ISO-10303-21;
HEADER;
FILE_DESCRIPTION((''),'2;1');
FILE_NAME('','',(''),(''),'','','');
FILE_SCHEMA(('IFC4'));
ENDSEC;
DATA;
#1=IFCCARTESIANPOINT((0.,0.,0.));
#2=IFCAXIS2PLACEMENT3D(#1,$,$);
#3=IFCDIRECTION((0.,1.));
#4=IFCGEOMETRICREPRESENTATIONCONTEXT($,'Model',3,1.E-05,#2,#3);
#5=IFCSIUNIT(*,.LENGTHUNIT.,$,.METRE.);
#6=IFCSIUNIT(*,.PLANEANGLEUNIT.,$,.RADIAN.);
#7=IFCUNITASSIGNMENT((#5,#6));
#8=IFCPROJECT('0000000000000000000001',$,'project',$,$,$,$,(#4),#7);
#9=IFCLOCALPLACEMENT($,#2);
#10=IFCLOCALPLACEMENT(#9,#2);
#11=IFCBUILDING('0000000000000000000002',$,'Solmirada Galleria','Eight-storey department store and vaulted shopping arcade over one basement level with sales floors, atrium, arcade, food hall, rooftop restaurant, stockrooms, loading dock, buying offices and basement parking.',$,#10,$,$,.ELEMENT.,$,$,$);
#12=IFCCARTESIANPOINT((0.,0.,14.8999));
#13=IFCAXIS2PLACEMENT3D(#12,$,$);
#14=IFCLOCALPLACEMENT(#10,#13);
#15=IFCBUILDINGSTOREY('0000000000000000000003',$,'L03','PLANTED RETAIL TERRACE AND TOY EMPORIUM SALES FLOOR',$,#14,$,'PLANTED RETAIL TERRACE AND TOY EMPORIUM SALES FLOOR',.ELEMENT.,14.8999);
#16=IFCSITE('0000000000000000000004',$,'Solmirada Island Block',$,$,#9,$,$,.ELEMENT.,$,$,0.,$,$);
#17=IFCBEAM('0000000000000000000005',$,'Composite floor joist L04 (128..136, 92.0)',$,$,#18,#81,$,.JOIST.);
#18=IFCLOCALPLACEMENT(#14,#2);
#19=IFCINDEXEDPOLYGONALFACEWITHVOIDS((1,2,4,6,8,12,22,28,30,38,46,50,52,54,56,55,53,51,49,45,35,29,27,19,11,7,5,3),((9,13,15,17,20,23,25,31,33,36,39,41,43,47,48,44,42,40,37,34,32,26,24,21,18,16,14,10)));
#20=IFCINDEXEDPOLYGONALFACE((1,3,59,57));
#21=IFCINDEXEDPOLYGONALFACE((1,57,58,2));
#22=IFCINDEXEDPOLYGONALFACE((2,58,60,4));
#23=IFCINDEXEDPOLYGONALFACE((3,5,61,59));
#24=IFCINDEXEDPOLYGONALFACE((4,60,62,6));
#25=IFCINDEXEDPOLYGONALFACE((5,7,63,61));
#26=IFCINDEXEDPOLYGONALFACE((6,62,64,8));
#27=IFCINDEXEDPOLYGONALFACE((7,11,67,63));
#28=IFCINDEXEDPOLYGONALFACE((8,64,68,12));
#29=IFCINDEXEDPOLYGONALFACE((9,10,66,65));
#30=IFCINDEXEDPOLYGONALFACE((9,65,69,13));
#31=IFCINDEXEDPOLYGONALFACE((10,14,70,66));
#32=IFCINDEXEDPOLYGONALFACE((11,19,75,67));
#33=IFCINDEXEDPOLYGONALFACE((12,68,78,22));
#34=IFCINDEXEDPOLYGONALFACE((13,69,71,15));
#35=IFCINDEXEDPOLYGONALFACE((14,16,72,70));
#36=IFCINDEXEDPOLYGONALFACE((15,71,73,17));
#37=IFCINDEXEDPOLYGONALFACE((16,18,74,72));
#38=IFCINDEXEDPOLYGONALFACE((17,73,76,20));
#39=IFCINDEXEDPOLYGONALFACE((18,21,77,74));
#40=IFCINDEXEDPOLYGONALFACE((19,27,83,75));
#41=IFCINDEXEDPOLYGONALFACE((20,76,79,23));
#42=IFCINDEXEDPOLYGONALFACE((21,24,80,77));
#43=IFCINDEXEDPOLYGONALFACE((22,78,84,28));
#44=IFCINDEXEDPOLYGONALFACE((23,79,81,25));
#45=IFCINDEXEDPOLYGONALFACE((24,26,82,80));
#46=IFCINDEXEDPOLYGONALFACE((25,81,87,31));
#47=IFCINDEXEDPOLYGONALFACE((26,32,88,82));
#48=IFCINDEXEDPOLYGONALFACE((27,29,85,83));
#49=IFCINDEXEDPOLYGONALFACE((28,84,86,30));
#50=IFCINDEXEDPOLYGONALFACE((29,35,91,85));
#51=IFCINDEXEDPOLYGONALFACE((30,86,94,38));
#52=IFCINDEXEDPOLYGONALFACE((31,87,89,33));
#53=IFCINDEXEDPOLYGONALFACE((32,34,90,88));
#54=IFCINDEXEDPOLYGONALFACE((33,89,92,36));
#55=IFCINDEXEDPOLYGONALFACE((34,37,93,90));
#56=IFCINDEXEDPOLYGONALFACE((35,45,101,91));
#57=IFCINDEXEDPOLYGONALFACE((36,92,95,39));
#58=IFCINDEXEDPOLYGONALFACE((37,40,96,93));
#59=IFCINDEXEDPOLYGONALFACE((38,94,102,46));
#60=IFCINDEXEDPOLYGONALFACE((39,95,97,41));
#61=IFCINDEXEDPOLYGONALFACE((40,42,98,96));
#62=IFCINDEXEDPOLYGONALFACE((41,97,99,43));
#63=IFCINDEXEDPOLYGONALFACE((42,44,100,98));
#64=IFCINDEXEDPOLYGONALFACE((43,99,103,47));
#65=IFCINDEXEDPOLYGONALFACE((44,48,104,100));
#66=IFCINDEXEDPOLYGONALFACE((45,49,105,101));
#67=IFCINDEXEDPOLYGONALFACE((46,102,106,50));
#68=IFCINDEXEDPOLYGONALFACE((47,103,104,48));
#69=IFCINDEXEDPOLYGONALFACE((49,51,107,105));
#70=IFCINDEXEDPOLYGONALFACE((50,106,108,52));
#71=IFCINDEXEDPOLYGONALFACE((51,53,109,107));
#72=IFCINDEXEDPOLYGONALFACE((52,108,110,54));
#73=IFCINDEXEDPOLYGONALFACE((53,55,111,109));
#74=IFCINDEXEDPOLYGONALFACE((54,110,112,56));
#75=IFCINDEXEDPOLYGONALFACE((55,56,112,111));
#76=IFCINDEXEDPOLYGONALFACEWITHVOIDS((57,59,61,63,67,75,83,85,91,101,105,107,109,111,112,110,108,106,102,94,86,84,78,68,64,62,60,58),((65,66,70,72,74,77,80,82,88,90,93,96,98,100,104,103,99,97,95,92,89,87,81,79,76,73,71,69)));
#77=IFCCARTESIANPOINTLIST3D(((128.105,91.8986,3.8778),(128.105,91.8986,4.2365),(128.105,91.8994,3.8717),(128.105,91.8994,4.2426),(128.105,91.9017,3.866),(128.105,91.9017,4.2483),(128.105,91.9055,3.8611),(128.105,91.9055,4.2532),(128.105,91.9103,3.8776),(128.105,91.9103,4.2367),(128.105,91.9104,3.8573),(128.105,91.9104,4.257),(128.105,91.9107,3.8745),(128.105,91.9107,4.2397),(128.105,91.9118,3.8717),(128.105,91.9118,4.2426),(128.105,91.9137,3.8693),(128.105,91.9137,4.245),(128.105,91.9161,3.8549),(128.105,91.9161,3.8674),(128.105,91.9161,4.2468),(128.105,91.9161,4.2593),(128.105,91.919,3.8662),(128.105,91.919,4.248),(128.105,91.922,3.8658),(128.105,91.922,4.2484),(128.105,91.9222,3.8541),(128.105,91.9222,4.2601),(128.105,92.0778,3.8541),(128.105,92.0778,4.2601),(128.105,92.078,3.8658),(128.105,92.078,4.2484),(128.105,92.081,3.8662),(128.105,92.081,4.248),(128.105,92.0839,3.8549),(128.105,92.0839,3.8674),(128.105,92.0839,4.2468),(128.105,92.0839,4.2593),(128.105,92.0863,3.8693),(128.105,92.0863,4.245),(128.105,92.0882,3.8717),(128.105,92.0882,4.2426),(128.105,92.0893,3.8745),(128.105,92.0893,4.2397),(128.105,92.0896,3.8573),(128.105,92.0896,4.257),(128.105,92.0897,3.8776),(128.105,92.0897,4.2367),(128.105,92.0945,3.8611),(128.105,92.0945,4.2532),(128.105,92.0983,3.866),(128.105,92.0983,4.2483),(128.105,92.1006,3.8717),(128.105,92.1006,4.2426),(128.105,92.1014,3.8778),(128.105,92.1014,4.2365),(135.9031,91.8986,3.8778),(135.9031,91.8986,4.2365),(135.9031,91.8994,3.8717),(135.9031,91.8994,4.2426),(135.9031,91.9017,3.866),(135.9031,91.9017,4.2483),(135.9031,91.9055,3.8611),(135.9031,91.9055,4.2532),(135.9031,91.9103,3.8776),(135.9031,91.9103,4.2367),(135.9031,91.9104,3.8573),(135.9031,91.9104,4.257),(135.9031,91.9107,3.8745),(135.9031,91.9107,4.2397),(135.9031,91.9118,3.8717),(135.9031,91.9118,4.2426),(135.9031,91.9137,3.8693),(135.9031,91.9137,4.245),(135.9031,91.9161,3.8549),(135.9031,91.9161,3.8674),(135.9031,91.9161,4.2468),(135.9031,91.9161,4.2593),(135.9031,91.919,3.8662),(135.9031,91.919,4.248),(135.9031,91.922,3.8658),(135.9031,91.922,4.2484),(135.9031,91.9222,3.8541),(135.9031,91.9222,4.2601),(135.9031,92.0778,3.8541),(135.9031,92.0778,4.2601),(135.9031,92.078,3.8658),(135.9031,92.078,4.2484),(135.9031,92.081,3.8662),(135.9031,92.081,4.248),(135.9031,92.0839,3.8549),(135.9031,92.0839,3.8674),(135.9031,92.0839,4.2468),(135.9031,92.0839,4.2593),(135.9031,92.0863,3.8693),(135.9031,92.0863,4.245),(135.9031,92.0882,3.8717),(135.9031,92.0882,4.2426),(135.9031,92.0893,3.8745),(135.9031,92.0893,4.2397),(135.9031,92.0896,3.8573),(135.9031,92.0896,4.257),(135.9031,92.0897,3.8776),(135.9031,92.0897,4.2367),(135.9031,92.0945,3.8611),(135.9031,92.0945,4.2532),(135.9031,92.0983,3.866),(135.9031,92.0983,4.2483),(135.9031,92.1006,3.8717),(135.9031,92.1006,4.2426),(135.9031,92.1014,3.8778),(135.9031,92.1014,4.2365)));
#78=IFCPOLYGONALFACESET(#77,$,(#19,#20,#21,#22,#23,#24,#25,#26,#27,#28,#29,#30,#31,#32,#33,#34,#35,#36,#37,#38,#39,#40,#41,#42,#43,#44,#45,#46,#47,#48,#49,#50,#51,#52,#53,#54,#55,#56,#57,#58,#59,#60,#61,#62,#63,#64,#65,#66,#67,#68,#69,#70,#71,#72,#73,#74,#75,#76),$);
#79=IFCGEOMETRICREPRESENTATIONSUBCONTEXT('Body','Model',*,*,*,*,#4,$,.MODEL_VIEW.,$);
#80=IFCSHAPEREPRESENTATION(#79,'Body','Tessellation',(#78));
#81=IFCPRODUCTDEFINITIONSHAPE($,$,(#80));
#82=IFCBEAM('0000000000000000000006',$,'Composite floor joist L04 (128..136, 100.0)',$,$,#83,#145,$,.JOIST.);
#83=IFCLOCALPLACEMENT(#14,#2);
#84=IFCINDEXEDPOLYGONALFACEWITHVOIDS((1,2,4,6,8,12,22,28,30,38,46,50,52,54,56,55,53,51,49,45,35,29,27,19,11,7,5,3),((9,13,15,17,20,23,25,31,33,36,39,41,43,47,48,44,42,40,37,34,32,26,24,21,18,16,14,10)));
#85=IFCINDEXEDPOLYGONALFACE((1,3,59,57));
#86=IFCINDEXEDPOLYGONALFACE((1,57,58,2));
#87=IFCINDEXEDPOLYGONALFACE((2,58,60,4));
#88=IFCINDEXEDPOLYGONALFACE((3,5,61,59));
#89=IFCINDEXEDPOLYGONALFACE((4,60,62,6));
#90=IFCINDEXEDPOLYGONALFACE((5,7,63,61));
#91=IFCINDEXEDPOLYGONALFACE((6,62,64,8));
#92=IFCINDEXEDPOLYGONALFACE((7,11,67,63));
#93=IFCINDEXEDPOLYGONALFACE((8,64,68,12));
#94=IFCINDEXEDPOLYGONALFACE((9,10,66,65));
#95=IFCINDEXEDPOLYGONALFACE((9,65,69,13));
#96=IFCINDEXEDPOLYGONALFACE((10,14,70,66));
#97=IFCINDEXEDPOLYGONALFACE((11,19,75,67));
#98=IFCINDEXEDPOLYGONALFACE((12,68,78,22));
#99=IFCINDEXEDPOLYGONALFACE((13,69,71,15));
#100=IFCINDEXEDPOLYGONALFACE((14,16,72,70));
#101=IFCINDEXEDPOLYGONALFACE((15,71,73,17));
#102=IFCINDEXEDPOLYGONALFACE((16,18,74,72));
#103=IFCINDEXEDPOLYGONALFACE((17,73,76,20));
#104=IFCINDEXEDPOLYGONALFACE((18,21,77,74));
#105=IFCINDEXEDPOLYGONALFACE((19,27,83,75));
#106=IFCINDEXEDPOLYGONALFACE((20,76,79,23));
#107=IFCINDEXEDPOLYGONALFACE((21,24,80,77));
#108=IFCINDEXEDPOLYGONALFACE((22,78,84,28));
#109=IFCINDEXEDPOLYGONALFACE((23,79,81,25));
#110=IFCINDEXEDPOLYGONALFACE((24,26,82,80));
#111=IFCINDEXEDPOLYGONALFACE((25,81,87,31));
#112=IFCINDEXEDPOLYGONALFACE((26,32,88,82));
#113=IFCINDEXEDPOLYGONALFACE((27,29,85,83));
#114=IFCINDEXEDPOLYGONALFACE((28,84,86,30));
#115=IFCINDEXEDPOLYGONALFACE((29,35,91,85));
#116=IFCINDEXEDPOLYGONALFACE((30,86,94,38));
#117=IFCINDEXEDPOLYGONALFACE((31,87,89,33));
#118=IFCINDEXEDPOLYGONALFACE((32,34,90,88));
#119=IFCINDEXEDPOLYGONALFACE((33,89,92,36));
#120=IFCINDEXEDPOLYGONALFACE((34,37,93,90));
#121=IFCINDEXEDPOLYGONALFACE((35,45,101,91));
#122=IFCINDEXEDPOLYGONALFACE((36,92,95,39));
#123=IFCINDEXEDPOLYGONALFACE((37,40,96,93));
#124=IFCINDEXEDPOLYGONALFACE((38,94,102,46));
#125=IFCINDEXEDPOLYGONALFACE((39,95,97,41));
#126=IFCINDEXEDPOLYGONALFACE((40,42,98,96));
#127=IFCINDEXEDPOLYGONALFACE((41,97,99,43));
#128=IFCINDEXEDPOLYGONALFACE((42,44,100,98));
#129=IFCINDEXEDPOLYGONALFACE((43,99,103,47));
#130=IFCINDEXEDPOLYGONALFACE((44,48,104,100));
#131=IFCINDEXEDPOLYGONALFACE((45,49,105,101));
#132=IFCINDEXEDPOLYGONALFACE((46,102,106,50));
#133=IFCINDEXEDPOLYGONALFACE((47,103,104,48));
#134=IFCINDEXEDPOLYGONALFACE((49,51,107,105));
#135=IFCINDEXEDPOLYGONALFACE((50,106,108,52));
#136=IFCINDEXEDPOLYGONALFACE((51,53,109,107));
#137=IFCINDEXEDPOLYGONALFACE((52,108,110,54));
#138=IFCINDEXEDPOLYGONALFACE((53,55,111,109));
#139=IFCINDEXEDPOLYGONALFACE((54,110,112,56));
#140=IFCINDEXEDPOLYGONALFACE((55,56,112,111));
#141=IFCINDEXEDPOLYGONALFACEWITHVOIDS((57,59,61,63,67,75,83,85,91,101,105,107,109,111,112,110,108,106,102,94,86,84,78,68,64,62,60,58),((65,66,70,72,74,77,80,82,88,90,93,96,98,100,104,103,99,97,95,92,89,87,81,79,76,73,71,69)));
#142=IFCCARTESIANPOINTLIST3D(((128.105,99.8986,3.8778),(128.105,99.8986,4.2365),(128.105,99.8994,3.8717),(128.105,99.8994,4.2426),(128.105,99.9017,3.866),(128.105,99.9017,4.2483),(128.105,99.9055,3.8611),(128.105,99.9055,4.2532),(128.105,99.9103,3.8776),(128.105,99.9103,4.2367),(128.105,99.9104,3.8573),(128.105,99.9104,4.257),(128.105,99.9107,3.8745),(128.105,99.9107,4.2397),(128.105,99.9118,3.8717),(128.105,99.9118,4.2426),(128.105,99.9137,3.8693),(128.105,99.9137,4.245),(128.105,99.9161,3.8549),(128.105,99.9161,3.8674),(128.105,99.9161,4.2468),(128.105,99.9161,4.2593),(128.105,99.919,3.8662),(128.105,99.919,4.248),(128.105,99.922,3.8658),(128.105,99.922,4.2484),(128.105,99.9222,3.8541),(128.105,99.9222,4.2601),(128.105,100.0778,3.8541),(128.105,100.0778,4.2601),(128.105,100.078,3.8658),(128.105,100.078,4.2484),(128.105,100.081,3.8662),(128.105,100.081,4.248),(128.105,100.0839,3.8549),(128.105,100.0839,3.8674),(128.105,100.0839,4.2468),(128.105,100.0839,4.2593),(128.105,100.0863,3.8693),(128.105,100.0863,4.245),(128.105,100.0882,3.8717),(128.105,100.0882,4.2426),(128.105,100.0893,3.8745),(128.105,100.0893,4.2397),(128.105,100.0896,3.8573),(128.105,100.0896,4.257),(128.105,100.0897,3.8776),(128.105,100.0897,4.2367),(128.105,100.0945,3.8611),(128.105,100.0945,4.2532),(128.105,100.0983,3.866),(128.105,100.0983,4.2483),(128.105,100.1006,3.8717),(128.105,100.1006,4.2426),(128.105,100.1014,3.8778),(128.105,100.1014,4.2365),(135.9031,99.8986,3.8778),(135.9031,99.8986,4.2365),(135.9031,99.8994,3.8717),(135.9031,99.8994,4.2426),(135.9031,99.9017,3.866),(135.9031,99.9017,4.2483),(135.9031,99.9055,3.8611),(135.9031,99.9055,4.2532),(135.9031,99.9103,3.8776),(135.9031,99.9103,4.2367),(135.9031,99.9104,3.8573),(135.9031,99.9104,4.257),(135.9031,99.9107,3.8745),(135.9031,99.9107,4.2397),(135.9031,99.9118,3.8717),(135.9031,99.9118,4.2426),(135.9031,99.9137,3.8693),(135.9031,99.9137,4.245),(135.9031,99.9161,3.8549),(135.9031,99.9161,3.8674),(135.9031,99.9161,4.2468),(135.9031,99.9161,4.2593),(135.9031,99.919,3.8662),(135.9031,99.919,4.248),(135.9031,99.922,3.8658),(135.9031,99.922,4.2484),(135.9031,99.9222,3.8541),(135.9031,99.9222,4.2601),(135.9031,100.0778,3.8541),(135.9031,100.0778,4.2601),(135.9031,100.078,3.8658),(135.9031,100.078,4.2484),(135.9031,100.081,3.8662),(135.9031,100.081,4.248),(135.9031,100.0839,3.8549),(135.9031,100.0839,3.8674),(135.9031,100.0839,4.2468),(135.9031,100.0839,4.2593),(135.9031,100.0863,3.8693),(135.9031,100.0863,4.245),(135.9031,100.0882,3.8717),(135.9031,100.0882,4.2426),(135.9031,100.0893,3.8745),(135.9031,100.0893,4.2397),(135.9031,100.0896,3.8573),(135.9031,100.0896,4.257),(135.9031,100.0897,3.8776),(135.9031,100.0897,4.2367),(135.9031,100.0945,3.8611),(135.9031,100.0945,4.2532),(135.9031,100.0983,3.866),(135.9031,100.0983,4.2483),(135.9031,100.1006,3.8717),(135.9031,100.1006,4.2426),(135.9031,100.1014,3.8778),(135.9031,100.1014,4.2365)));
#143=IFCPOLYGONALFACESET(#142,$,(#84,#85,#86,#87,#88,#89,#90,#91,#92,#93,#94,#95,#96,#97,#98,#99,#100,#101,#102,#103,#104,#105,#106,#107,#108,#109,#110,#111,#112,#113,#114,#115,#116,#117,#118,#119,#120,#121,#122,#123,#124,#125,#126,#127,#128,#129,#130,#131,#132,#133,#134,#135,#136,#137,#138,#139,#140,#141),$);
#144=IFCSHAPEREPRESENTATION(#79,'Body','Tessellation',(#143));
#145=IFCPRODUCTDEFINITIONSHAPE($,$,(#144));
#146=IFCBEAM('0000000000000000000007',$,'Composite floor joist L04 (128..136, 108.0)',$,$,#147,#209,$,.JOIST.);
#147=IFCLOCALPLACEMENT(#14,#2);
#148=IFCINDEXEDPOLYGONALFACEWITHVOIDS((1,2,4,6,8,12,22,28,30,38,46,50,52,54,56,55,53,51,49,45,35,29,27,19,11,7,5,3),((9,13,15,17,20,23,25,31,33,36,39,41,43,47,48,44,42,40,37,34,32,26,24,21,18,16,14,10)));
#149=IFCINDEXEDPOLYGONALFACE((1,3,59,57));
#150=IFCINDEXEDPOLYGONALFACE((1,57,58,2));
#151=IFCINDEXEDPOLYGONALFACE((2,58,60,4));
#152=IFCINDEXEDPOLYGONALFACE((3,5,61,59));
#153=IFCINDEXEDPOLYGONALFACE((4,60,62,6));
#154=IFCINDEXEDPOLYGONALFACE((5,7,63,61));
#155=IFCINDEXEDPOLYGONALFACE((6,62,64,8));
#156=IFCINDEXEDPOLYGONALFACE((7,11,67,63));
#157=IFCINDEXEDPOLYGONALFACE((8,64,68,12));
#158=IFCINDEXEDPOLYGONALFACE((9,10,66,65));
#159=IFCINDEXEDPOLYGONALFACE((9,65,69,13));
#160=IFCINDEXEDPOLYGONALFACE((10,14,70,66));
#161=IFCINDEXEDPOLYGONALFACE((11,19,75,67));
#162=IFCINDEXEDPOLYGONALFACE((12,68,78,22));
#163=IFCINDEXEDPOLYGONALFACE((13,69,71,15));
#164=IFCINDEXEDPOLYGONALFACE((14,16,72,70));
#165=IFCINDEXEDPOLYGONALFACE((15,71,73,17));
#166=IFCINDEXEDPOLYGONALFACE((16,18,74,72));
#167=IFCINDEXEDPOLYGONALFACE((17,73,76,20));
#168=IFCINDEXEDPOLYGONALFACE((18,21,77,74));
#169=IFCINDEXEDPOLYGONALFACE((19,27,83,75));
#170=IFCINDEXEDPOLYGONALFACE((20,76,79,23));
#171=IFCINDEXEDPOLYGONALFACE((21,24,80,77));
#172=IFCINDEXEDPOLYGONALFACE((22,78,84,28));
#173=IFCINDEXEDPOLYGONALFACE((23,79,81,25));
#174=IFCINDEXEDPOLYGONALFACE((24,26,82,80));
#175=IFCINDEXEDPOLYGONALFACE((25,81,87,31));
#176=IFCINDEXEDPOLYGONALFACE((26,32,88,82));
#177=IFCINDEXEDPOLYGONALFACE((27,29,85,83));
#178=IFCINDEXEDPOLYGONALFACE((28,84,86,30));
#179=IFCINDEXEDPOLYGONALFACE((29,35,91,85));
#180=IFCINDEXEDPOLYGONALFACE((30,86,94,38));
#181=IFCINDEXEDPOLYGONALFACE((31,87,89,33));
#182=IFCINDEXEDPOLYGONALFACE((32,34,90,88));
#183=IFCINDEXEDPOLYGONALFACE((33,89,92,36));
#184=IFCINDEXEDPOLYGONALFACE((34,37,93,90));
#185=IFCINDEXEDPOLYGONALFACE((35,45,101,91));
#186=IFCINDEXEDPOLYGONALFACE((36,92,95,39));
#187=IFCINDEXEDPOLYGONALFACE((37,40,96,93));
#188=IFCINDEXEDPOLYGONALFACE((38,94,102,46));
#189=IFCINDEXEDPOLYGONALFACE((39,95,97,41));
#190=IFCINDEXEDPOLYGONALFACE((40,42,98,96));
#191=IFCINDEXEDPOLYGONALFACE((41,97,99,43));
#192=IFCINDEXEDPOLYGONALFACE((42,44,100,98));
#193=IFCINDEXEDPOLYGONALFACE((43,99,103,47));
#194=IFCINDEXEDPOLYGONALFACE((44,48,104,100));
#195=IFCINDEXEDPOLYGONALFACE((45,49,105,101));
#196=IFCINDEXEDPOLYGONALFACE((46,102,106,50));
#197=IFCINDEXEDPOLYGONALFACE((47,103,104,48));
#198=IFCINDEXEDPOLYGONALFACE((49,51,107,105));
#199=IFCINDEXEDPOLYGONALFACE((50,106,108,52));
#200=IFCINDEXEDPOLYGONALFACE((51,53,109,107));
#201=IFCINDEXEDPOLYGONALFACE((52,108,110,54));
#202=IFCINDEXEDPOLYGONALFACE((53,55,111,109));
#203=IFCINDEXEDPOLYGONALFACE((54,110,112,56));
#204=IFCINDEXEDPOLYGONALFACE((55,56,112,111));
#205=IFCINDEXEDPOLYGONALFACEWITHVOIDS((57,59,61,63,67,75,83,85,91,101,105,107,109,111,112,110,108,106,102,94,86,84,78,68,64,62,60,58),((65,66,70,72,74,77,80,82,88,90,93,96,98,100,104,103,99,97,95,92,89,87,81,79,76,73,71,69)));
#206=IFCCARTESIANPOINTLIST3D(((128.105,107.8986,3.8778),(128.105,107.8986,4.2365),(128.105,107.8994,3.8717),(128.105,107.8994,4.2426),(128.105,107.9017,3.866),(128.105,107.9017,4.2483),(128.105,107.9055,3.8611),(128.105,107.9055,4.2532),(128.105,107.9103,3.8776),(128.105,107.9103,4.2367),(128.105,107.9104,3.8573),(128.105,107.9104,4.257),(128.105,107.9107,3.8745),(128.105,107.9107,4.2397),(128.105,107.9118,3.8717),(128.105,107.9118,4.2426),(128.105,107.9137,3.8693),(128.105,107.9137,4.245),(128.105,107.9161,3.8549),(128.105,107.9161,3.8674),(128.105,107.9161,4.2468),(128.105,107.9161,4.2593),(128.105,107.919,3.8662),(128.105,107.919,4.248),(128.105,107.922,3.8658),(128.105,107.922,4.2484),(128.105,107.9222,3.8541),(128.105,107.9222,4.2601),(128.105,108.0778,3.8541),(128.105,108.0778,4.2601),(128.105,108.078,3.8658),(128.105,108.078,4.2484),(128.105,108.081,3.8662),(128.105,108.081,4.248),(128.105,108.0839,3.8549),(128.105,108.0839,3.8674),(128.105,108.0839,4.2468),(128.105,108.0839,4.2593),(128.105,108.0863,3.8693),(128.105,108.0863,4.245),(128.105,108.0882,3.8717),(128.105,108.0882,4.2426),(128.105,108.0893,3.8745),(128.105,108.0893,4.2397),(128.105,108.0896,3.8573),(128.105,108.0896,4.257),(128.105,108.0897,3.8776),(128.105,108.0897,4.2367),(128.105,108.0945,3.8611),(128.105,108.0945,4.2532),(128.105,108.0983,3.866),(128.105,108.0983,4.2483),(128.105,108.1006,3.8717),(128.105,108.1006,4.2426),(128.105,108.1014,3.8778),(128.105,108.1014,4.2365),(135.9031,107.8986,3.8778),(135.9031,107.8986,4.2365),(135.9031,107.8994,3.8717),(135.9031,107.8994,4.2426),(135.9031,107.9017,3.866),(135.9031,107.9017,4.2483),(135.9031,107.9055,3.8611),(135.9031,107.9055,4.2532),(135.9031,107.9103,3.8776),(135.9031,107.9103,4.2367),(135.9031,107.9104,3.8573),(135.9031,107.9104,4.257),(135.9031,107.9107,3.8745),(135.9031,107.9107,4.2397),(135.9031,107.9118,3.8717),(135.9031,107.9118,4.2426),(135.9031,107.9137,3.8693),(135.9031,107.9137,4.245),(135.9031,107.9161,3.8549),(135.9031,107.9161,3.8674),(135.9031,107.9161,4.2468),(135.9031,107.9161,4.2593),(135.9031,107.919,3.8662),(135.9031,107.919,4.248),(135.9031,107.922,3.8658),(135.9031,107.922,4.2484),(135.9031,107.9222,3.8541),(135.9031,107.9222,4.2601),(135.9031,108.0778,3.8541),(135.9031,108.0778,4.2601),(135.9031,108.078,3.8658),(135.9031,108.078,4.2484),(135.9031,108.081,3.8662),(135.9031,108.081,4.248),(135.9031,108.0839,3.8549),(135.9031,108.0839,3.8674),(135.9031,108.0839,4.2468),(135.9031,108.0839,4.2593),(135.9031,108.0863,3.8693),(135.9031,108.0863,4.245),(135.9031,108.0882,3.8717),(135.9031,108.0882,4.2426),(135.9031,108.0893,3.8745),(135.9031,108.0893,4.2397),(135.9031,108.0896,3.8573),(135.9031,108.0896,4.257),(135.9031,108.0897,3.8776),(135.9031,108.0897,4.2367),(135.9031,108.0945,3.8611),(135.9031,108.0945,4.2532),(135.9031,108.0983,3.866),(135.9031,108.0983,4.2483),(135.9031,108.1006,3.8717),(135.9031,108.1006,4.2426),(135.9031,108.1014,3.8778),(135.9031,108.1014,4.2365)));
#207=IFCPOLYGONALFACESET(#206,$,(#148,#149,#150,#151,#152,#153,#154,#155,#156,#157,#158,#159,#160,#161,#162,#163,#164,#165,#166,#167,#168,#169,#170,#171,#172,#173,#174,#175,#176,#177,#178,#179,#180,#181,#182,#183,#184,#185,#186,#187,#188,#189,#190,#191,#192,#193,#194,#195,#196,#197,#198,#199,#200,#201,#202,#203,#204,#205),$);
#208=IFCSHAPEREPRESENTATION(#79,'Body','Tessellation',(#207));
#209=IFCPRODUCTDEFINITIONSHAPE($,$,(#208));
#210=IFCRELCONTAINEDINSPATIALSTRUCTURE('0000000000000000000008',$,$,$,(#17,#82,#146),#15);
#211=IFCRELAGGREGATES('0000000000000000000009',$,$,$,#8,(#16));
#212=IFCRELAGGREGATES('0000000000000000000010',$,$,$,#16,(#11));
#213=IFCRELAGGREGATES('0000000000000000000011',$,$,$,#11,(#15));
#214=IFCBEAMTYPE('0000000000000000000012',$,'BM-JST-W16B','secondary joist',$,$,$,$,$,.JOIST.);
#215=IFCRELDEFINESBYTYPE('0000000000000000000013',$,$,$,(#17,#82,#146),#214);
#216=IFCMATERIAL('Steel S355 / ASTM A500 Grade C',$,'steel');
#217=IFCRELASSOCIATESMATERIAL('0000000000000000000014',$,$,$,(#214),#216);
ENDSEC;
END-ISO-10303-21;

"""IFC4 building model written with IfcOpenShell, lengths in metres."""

from ifc_helpers import new_model, si_unit, direction, frame, origin, origin_2d, place, context, subcontext, project, spatial, hollow_rectangle, extrude, material, material_profile, profile_set, type_object, element, save


model = new_model("IFC4")

# Units and contexts
model_context = context("Model", 3, precision=1e-05, world=origin(), true_north=direction((0.0, 1.0)))
body_context = subcontext(model_context, "Body", "Model", "MODEL_VIEW")
ifc_project = project(units=[si_unit("LENGTHUNIT", "METRE"), si_unit("PLANEANGLEUNIT", "RADIAN")], contexts=[model_context])

# Site, building, storey
site_placement = place(None, origin())
site = spatial("IfcSite", under=ifc_project, at=site_placement, Name="Solmirada Island Block", CompositionType="ELEMENT", RefElevation=0.0)
building_placement = place(site_placement, origin())
building = spatial("IfcBuilding", under=site, at=building_placement, Name="Solmirada Galleria", Description="Eight-storey department store and vaulted shopping arcade over one basement level with sales floors, atrium, arcade, food hall, rooftop restaurant, stockrooms, loading dock, buying offices and basement parking.", CompositionType="ELEMENT")
storey_placement = place(building_placement, frame((0.0, 0.0, 14.8999)))
storey = spatial("IfcBuildingStorey", under=building, at=storey_placement, Name="L03", Description="PLANTED RETAIL TERRACE AND TOY EMPORIUM SALES FLOOR", LongName="PLANTED RETAIL TERRACE AND TOY EMPORIUM SALES FLOOR", CompositionType="ELEMENT", Elevation=14.8999)

# Beams
ifc_material_1 = material(Name="Steel S355 / ASTM A500 Grade C", Category="steel")
ifc_material_profile_1 = material_profile(ifc_material_1, hollow_rectangle(XDim=0.2029, YDim=0.406, WallThickness=0.0117, InnerFilletRadius=0.0117, OuterFilletRadius=0.0237, at=origin_2d()), Name="HSS16X8X1/2")
ifc_profile_set_1 = profile_set([ifc_material_profile_1], Name="Steel S355 / ASTM A500 Grade C")
beam_type_1 = type_object("IfcBeamType", Name="BM-JST-W16B", Description="secondary joist", PredefinedType="JOIST", material=ifc_profile_set_1)
for number, where, z_axis, x_axis, name in (
    (1, (128.105, 92.0, 4.0571), (1.0, 0.0, 0.0), (0.0, 1.0, 0.0), "Composite floor joist L04 (128..136, 92.0)"),
    (2, (128.105, 100.0, 4.0571), (1.0, 0.0, 0.0), (0.0, 1.0, 0.0), "Composite floor joist L04 (128..136, 100.0)"),
    (3, (128.105, 108.0, 4.0571), (1.0, 0.0, 0.0), (0.0, 1.0, 0.0), "Composite floor joist L04 (128..136, 108.0)"),
):
    element("IfcBeam", number, at=place(storey_placement, frame(where, z_axis=z_axis, x_axis=x_axis)), inside=storey, type_object=beam_type_1, Name=name, PredefinedType="JOIST", context=body_context, shape_type="SweptSolid", body=[
        extrude(hollow_rectangle(XDim=0.2029, YDim=0.406, WallThickness=0.0117, InnerFilletRadius=0.0117, OuterFilletRadius=0.0237, at=origin_2d()), origin(), (0.0, 0.0, 1.0), 7.7981),
    ])

save(model, "model.ifc")
